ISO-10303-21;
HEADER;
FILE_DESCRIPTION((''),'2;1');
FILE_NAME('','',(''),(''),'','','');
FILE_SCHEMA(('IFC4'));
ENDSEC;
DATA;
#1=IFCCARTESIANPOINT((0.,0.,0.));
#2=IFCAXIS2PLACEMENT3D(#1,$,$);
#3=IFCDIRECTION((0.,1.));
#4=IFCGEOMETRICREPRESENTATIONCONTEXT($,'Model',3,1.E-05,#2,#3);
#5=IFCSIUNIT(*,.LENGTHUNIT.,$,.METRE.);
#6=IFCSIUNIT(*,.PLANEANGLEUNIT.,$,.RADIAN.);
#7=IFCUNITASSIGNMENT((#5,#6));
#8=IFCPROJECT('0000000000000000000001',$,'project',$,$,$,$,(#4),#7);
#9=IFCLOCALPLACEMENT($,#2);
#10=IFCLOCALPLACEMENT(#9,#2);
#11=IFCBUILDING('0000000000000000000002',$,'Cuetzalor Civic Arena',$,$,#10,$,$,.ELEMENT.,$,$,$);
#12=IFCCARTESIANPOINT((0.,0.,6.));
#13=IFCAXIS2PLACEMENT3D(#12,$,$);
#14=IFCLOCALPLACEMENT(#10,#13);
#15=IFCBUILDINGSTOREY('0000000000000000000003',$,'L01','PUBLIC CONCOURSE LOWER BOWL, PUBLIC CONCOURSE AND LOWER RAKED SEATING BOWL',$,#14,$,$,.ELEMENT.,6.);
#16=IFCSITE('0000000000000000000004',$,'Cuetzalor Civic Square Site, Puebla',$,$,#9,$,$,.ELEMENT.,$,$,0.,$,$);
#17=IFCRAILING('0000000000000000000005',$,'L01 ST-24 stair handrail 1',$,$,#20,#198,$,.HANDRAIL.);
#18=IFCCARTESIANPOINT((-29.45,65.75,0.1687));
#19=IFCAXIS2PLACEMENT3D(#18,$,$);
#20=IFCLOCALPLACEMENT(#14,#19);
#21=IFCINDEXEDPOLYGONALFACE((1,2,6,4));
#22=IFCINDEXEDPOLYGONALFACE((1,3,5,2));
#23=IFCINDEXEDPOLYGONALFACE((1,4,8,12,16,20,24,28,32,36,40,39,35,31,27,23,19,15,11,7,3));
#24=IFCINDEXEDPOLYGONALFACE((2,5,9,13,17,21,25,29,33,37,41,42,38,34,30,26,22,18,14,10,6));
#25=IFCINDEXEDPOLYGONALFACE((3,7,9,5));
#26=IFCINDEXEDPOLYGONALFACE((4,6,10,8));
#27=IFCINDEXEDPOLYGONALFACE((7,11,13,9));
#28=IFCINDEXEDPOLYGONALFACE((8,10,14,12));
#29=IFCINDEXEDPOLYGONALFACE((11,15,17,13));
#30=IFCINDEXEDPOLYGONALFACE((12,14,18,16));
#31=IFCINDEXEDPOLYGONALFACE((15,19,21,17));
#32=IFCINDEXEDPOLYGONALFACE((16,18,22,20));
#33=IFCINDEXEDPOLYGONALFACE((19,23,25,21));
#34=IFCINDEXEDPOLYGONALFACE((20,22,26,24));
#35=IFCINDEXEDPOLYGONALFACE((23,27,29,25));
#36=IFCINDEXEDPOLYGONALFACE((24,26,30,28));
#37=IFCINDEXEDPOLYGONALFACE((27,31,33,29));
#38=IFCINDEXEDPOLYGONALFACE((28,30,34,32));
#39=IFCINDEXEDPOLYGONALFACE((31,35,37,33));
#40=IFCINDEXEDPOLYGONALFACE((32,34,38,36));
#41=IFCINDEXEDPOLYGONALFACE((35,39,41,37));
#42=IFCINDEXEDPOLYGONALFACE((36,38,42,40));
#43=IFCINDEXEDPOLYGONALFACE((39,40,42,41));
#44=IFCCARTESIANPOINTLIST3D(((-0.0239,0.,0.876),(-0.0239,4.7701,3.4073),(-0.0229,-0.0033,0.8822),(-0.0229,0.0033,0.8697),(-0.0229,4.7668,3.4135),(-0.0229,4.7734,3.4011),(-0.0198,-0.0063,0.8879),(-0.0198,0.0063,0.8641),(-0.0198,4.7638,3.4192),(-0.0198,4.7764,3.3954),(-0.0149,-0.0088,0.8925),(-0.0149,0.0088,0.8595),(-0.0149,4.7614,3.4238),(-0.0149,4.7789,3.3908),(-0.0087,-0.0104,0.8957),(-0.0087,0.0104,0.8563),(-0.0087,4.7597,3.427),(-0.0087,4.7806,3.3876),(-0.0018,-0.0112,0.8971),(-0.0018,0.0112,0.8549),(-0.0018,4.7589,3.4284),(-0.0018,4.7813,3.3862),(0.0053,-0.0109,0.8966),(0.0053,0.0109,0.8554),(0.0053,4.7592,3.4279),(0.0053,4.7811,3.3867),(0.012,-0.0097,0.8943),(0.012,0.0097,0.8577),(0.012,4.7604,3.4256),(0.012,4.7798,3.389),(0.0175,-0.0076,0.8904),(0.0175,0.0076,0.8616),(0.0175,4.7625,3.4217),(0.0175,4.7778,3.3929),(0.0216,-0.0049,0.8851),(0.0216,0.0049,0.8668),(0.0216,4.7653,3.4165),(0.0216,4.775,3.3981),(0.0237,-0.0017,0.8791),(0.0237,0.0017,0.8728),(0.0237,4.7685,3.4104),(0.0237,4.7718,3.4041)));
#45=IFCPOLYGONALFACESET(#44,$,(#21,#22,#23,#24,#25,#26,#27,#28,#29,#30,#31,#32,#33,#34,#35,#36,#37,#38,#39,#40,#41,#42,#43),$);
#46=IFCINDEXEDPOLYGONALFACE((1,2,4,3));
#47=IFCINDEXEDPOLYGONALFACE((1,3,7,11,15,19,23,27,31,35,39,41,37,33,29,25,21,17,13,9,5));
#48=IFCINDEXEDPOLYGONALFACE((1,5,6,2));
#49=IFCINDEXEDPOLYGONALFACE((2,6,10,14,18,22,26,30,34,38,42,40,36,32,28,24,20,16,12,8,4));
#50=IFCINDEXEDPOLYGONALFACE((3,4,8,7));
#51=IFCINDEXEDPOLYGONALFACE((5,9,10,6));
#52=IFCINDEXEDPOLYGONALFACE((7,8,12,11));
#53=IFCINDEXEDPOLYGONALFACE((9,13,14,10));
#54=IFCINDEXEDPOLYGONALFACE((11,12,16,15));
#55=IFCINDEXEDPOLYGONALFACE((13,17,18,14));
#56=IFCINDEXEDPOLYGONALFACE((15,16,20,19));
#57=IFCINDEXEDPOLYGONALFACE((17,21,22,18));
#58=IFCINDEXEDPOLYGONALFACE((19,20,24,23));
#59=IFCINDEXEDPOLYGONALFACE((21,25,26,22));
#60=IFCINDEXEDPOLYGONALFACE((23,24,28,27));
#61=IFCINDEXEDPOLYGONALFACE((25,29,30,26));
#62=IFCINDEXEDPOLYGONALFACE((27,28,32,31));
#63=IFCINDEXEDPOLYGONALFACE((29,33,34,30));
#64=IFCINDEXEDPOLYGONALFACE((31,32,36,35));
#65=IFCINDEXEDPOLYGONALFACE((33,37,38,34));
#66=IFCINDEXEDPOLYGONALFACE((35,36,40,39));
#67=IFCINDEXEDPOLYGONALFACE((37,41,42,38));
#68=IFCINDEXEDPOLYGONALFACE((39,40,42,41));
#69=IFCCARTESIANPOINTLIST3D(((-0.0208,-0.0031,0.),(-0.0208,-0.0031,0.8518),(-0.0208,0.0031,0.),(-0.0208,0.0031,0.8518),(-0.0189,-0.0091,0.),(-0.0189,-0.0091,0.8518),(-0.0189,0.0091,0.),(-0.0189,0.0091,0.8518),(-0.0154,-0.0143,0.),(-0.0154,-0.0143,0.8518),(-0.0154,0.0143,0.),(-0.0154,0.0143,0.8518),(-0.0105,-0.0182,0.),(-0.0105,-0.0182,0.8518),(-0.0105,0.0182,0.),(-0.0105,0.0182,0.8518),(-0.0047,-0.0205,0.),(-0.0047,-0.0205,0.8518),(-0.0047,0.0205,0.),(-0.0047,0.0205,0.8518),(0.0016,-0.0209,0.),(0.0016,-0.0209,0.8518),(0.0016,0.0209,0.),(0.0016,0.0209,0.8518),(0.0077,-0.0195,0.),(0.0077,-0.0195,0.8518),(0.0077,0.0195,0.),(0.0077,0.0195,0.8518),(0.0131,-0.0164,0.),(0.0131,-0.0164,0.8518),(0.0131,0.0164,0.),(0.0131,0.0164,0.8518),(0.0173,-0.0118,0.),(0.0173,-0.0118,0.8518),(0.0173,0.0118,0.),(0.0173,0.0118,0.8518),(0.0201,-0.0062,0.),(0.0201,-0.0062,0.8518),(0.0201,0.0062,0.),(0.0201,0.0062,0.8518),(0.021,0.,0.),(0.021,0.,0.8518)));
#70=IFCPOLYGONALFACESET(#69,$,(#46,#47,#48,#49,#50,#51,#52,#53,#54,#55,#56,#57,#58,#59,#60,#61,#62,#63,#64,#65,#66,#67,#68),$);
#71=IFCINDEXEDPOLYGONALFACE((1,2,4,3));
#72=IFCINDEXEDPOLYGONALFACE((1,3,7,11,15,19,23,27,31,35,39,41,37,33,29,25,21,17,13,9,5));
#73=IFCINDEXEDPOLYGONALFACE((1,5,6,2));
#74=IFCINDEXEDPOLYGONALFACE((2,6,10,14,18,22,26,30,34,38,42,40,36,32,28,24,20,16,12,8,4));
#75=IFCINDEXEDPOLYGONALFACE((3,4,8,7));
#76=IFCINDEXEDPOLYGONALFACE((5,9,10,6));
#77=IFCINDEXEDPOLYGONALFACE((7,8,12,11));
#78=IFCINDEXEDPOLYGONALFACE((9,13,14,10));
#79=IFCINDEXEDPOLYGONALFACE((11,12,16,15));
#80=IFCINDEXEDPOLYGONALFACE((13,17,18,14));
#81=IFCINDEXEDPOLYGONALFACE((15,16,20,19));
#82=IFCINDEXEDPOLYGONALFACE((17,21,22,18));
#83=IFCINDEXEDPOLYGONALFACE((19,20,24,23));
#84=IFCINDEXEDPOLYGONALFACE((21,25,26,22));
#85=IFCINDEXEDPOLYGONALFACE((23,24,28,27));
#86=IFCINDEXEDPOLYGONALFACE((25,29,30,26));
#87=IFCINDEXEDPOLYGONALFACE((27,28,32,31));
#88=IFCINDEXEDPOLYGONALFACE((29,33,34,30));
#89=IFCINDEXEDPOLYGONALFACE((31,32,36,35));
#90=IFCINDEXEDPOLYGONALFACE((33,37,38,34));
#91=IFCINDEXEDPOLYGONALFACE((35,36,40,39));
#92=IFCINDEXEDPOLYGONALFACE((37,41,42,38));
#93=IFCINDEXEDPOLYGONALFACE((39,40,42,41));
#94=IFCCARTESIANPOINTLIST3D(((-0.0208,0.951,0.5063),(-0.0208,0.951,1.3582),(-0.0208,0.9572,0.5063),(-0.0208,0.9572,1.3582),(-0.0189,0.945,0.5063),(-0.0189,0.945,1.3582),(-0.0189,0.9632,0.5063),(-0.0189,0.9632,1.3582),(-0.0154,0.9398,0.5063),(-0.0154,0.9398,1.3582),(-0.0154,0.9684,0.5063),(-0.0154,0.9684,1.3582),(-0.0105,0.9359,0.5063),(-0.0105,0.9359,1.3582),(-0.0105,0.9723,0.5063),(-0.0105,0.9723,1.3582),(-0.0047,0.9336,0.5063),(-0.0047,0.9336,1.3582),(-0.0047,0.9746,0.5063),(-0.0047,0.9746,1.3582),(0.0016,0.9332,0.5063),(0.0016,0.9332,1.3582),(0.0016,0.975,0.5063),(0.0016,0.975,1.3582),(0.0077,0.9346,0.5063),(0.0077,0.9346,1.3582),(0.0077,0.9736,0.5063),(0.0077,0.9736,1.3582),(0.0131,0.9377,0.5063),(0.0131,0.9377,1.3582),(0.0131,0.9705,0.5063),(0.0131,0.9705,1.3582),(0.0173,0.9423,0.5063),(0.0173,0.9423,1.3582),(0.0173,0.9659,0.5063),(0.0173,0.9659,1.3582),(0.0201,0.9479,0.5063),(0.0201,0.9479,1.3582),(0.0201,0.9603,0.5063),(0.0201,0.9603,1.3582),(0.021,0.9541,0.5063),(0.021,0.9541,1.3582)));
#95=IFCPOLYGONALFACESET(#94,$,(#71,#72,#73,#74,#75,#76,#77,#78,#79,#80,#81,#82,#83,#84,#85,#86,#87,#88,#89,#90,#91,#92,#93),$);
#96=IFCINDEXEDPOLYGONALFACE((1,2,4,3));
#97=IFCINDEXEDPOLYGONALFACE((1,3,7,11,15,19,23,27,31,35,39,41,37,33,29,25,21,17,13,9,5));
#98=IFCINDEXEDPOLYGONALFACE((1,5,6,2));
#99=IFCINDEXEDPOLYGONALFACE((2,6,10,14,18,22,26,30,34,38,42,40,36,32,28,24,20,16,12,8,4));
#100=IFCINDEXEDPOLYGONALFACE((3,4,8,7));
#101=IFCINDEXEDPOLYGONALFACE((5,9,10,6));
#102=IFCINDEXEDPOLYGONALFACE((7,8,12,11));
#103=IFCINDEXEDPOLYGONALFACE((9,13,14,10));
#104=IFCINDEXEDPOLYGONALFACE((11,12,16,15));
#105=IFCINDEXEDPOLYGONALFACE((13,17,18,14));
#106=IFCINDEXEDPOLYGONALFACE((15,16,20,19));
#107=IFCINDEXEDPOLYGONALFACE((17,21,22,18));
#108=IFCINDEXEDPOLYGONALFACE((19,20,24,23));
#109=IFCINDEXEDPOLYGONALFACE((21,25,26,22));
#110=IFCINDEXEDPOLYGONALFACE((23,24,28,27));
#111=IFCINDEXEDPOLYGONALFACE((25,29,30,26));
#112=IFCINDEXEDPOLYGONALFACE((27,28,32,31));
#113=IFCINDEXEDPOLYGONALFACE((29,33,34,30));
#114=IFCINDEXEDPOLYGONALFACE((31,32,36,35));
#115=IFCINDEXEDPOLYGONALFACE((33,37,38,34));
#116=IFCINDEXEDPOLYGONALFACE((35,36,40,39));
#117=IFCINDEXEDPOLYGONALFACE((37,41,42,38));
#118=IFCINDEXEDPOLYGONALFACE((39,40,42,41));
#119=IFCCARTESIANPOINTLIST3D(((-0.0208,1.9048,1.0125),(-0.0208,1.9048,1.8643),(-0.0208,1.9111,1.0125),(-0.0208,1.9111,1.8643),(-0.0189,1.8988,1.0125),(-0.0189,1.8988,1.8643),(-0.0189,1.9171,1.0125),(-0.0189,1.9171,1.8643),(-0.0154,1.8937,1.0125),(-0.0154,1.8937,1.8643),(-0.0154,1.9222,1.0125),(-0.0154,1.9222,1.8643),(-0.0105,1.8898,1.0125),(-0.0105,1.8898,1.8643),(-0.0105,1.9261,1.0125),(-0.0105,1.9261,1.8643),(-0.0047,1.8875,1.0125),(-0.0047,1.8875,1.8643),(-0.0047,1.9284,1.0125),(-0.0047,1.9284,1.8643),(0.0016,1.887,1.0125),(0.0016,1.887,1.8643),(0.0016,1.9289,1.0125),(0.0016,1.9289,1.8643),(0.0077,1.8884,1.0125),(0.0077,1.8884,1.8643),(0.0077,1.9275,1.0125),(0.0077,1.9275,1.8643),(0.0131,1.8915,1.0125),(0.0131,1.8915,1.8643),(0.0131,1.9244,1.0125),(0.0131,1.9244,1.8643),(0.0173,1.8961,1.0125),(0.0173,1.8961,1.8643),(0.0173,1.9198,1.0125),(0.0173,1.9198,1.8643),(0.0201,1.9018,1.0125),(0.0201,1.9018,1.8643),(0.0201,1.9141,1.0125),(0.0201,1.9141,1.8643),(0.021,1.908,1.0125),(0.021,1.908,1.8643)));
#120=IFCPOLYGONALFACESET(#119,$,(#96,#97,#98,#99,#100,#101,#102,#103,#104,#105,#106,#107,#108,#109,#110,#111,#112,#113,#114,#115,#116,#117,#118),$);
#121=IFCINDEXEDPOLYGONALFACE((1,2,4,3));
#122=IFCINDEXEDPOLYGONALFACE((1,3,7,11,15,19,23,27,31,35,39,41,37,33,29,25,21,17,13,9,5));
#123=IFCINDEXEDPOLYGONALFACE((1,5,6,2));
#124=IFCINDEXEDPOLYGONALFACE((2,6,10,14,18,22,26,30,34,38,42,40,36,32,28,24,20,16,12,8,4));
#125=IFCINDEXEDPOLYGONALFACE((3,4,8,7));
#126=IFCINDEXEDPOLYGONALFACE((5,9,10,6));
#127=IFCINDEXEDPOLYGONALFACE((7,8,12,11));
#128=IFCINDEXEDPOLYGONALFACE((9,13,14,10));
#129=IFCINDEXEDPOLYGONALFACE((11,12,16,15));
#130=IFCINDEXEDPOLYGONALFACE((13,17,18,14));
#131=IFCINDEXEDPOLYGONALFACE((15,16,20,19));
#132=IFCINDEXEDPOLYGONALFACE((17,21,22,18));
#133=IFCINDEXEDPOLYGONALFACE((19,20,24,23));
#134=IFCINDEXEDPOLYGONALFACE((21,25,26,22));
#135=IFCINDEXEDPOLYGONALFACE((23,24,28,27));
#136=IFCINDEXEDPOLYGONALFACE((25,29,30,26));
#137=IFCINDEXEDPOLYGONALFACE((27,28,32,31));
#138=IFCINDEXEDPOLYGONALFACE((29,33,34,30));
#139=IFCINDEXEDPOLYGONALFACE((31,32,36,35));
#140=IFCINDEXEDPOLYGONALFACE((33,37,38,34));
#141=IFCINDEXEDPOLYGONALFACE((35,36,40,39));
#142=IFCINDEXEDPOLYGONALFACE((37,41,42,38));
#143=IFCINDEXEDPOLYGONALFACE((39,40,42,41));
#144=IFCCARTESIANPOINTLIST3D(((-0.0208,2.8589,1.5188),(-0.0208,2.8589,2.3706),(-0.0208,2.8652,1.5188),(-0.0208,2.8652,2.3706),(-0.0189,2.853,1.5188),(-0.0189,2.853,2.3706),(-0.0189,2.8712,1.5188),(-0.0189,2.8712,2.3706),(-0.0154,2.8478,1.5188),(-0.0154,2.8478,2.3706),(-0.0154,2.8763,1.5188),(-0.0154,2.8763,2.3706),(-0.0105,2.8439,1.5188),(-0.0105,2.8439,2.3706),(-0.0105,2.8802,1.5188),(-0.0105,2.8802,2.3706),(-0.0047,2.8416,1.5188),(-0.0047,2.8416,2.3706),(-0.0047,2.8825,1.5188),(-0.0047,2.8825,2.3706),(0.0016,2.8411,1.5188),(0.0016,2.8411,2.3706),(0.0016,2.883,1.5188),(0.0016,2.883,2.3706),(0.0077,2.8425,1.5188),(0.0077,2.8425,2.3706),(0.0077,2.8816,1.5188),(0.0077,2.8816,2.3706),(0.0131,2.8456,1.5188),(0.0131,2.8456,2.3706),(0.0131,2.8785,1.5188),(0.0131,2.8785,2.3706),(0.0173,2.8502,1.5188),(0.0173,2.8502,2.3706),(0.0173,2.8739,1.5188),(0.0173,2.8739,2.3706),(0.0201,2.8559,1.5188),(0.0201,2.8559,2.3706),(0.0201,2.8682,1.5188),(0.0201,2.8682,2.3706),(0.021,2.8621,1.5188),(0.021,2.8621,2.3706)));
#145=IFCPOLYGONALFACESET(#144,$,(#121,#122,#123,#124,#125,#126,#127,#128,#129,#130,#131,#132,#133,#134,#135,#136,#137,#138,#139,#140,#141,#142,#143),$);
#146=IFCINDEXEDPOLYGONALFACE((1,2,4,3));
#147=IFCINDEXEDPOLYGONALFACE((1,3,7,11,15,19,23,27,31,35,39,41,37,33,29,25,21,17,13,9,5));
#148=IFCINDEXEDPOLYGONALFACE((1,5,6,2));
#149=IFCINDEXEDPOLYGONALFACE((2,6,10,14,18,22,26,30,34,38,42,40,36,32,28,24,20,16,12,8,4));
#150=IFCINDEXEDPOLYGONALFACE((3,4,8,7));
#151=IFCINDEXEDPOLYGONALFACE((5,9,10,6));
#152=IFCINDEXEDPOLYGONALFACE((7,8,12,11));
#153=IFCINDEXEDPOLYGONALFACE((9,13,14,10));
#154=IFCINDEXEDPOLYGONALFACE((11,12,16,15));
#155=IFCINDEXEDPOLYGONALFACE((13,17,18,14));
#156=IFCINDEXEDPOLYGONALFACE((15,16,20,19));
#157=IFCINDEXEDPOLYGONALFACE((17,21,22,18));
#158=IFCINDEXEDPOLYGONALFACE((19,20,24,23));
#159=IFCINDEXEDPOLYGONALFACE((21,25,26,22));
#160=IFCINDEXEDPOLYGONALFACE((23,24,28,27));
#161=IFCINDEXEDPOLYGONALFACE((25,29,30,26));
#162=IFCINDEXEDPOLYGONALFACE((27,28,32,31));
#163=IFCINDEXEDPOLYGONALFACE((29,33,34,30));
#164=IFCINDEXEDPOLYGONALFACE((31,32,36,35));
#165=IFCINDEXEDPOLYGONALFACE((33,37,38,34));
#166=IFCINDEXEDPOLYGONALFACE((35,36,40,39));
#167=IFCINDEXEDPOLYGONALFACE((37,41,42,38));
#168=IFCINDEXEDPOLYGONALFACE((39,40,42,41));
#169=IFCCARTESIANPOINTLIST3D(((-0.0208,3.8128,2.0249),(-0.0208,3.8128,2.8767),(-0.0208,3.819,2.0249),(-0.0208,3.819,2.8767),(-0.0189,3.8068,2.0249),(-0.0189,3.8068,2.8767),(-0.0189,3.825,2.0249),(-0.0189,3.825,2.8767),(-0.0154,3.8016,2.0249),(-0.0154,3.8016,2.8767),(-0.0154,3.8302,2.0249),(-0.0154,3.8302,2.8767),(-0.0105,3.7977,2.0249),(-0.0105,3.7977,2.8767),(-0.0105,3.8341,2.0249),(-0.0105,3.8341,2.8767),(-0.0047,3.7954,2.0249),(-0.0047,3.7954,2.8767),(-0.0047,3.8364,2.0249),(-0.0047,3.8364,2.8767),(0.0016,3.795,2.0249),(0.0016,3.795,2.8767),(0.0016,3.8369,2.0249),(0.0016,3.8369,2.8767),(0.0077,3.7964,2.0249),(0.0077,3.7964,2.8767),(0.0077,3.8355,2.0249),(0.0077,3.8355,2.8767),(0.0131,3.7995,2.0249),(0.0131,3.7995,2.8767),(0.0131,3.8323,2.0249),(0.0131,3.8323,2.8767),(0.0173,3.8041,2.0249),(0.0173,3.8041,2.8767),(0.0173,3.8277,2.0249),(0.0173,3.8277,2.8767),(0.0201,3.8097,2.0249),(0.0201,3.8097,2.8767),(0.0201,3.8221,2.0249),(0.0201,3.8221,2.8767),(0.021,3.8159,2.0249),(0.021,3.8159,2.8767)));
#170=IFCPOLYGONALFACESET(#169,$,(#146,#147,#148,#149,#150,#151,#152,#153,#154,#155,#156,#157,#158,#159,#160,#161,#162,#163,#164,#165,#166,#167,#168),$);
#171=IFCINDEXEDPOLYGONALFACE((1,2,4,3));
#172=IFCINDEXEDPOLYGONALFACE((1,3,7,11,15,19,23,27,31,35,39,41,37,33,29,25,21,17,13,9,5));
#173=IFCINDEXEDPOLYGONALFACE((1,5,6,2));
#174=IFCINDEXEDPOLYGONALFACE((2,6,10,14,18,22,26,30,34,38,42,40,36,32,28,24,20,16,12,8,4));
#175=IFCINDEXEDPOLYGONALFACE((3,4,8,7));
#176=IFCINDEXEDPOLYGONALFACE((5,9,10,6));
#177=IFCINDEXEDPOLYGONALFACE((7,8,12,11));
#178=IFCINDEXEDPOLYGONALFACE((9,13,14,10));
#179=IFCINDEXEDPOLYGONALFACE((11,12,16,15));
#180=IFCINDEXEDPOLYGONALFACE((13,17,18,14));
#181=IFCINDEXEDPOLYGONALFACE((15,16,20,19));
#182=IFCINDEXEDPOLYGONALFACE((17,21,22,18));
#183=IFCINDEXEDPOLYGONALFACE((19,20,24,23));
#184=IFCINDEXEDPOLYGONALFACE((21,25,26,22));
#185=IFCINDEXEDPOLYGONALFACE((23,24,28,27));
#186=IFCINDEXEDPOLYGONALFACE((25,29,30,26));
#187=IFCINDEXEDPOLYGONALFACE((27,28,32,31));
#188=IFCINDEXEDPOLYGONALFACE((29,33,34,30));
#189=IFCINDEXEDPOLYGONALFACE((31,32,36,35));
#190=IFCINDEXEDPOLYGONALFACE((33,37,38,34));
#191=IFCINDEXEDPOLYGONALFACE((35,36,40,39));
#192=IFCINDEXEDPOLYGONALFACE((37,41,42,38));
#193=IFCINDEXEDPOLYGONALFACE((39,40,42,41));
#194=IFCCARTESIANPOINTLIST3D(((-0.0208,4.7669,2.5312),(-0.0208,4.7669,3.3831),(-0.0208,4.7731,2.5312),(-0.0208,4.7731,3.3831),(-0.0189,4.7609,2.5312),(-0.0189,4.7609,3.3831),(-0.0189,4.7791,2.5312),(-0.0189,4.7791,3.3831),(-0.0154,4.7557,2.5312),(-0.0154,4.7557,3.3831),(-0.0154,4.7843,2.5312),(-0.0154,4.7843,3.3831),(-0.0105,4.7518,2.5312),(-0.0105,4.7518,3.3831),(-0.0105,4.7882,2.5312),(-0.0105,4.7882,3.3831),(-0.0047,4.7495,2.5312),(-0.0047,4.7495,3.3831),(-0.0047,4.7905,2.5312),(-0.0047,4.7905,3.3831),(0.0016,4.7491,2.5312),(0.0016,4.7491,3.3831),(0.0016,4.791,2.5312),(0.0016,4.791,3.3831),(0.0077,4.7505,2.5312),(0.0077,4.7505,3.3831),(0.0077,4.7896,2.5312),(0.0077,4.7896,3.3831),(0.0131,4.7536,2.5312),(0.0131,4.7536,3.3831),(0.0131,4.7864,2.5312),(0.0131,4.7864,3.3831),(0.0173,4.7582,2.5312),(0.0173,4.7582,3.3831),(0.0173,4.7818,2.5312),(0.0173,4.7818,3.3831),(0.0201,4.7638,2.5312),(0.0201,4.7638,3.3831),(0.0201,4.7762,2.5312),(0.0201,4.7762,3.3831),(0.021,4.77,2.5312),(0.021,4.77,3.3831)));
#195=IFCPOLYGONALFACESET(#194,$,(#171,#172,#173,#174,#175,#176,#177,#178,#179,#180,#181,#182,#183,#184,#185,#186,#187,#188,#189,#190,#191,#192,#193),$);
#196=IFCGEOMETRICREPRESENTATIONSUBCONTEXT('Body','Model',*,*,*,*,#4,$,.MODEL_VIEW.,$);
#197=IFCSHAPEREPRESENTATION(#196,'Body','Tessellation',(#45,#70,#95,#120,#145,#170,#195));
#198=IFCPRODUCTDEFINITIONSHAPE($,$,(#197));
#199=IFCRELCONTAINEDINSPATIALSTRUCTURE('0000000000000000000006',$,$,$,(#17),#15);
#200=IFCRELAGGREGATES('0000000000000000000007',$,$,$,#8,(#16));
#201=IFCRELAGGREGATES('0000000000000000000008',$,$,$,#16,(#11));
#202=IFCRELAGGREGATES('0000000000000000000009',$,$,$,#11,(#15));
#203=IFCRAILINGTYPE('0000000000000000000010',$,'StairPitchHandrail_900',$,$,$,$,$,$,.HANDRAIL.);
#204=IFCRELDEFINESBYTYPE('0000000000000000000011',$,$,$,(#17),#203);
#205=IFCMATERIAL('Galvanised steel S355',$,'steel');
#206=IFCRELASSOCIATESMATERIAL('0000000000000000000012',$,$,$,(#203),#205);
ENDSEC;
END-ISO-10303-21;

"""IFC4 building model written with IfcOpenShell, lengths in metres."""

from ifc_helpers import new_model, si_unit, direction, frame, origin, origin_2d, place, context, subcontext, project, spatial, circle, extrude, material, type_object, element, save


model = new_model("IFC4")

# Units and contexts
model_context = context("Model", 3, precision=1e-05, world=origin(), true_north=direction((0.0, 1.0)))
body_context = subcontext(model_context, "Body", "Model", "MODEL_VIEW")
ifc_project = project(units=[si_unit("LENGTHUNIT", "METRE"), si_unit("PLANEANGLEUNIT", "RADIAN")], contexts=[model_context])

# Site, building, storey
site_placement = place(None, origin())
site = spatial("IfcSite", under=ifc_project, at=site_placement, Name="Cuetzalor Civic Square Site, Puebla", CompositionType="ELEMENT", RefElevation=0.0)
building_placement = place(site_placement, origin())
building = spatial("IfcBuilding", under=site, at=building_placement, Name="Cuetzalor Civic Arena", CompositionType="ELEMENT")
storey_placement = place(building_placement, frame((0.0, 0.0, 6.0)))
storey = spatial("IfcBuildingStorey", under=building, at=storey_placement, Name="L01", Description="PUBLIC CONCOURSE LOWER BOWL, PUBLIC CONCOURSE AND LOWER RAKED SEATING BOWL", CompositionType="ELEMENT", Elevation=6.0)

# Railing
ifc_material_1 = material(Name="Galvanised steel S355", Category="steel")
railing_type_1 = type_object("IfcRailingType", Name="StairPitchHandrail_900", PredefinedType="HANDRAIL", material=ifc_material_1)
railing_1_placement = place(storey_placement, frame((-29.45, 65.75, 0.1687)))
element("IfcRailing", 1, at=railing_1_placement, inside=storey, type_object=railing_type_1, Name="L01 ST-24 stair handrail 1", PredefinedType="HANDRAIL", context=body_context, shape_type="SweptSolid", body=[
    extrude(circle(Radius=0.0239, at=origin_2d()), frame((0.0, 0.0, 0.876), z_axis=(0.0, 0.883332, 0.468747), x_axis=(-1.0, 0.0, 0.0)), (0.0, 0.0, 1.0), 5.4001),
    extrude(circle(Radius=0.021, at=origin_2d()), origin(), (0.0, 0.0, 1.0), 0.8518),
    extrude(circle(Radius=0.021, at=origin_2d()), frame((0.0, 0.9541, 0.5063)), (0.0, 0.0, 1.0), 0.8518),
    extrude(circle(Radius=0.021, at=origin_2d()), frame((0.0, 1.908, 1.0125)), (0.0, 0.0, 1.0), 0.8518),
    extrude(circle(Radius=0.021, at=origin_2d()), frame((0.0, 2.8621, 1.5188)), (0.0, 0.0, 1.0), 0.8518),
    extrude(circle(Radius=0.021, at=origin_2d()), frame((0.0, 3.8159, 2.0249)), (0.0, 0.0, 1.0), 0.8518),
    extrude(circle(Radius=0.021, at=origin_2d()), frame((0.0, 4.77, 2.5312)), (0.0, 0.0, 1.0), 0.8518),
])

save(model, "model.ifc")
